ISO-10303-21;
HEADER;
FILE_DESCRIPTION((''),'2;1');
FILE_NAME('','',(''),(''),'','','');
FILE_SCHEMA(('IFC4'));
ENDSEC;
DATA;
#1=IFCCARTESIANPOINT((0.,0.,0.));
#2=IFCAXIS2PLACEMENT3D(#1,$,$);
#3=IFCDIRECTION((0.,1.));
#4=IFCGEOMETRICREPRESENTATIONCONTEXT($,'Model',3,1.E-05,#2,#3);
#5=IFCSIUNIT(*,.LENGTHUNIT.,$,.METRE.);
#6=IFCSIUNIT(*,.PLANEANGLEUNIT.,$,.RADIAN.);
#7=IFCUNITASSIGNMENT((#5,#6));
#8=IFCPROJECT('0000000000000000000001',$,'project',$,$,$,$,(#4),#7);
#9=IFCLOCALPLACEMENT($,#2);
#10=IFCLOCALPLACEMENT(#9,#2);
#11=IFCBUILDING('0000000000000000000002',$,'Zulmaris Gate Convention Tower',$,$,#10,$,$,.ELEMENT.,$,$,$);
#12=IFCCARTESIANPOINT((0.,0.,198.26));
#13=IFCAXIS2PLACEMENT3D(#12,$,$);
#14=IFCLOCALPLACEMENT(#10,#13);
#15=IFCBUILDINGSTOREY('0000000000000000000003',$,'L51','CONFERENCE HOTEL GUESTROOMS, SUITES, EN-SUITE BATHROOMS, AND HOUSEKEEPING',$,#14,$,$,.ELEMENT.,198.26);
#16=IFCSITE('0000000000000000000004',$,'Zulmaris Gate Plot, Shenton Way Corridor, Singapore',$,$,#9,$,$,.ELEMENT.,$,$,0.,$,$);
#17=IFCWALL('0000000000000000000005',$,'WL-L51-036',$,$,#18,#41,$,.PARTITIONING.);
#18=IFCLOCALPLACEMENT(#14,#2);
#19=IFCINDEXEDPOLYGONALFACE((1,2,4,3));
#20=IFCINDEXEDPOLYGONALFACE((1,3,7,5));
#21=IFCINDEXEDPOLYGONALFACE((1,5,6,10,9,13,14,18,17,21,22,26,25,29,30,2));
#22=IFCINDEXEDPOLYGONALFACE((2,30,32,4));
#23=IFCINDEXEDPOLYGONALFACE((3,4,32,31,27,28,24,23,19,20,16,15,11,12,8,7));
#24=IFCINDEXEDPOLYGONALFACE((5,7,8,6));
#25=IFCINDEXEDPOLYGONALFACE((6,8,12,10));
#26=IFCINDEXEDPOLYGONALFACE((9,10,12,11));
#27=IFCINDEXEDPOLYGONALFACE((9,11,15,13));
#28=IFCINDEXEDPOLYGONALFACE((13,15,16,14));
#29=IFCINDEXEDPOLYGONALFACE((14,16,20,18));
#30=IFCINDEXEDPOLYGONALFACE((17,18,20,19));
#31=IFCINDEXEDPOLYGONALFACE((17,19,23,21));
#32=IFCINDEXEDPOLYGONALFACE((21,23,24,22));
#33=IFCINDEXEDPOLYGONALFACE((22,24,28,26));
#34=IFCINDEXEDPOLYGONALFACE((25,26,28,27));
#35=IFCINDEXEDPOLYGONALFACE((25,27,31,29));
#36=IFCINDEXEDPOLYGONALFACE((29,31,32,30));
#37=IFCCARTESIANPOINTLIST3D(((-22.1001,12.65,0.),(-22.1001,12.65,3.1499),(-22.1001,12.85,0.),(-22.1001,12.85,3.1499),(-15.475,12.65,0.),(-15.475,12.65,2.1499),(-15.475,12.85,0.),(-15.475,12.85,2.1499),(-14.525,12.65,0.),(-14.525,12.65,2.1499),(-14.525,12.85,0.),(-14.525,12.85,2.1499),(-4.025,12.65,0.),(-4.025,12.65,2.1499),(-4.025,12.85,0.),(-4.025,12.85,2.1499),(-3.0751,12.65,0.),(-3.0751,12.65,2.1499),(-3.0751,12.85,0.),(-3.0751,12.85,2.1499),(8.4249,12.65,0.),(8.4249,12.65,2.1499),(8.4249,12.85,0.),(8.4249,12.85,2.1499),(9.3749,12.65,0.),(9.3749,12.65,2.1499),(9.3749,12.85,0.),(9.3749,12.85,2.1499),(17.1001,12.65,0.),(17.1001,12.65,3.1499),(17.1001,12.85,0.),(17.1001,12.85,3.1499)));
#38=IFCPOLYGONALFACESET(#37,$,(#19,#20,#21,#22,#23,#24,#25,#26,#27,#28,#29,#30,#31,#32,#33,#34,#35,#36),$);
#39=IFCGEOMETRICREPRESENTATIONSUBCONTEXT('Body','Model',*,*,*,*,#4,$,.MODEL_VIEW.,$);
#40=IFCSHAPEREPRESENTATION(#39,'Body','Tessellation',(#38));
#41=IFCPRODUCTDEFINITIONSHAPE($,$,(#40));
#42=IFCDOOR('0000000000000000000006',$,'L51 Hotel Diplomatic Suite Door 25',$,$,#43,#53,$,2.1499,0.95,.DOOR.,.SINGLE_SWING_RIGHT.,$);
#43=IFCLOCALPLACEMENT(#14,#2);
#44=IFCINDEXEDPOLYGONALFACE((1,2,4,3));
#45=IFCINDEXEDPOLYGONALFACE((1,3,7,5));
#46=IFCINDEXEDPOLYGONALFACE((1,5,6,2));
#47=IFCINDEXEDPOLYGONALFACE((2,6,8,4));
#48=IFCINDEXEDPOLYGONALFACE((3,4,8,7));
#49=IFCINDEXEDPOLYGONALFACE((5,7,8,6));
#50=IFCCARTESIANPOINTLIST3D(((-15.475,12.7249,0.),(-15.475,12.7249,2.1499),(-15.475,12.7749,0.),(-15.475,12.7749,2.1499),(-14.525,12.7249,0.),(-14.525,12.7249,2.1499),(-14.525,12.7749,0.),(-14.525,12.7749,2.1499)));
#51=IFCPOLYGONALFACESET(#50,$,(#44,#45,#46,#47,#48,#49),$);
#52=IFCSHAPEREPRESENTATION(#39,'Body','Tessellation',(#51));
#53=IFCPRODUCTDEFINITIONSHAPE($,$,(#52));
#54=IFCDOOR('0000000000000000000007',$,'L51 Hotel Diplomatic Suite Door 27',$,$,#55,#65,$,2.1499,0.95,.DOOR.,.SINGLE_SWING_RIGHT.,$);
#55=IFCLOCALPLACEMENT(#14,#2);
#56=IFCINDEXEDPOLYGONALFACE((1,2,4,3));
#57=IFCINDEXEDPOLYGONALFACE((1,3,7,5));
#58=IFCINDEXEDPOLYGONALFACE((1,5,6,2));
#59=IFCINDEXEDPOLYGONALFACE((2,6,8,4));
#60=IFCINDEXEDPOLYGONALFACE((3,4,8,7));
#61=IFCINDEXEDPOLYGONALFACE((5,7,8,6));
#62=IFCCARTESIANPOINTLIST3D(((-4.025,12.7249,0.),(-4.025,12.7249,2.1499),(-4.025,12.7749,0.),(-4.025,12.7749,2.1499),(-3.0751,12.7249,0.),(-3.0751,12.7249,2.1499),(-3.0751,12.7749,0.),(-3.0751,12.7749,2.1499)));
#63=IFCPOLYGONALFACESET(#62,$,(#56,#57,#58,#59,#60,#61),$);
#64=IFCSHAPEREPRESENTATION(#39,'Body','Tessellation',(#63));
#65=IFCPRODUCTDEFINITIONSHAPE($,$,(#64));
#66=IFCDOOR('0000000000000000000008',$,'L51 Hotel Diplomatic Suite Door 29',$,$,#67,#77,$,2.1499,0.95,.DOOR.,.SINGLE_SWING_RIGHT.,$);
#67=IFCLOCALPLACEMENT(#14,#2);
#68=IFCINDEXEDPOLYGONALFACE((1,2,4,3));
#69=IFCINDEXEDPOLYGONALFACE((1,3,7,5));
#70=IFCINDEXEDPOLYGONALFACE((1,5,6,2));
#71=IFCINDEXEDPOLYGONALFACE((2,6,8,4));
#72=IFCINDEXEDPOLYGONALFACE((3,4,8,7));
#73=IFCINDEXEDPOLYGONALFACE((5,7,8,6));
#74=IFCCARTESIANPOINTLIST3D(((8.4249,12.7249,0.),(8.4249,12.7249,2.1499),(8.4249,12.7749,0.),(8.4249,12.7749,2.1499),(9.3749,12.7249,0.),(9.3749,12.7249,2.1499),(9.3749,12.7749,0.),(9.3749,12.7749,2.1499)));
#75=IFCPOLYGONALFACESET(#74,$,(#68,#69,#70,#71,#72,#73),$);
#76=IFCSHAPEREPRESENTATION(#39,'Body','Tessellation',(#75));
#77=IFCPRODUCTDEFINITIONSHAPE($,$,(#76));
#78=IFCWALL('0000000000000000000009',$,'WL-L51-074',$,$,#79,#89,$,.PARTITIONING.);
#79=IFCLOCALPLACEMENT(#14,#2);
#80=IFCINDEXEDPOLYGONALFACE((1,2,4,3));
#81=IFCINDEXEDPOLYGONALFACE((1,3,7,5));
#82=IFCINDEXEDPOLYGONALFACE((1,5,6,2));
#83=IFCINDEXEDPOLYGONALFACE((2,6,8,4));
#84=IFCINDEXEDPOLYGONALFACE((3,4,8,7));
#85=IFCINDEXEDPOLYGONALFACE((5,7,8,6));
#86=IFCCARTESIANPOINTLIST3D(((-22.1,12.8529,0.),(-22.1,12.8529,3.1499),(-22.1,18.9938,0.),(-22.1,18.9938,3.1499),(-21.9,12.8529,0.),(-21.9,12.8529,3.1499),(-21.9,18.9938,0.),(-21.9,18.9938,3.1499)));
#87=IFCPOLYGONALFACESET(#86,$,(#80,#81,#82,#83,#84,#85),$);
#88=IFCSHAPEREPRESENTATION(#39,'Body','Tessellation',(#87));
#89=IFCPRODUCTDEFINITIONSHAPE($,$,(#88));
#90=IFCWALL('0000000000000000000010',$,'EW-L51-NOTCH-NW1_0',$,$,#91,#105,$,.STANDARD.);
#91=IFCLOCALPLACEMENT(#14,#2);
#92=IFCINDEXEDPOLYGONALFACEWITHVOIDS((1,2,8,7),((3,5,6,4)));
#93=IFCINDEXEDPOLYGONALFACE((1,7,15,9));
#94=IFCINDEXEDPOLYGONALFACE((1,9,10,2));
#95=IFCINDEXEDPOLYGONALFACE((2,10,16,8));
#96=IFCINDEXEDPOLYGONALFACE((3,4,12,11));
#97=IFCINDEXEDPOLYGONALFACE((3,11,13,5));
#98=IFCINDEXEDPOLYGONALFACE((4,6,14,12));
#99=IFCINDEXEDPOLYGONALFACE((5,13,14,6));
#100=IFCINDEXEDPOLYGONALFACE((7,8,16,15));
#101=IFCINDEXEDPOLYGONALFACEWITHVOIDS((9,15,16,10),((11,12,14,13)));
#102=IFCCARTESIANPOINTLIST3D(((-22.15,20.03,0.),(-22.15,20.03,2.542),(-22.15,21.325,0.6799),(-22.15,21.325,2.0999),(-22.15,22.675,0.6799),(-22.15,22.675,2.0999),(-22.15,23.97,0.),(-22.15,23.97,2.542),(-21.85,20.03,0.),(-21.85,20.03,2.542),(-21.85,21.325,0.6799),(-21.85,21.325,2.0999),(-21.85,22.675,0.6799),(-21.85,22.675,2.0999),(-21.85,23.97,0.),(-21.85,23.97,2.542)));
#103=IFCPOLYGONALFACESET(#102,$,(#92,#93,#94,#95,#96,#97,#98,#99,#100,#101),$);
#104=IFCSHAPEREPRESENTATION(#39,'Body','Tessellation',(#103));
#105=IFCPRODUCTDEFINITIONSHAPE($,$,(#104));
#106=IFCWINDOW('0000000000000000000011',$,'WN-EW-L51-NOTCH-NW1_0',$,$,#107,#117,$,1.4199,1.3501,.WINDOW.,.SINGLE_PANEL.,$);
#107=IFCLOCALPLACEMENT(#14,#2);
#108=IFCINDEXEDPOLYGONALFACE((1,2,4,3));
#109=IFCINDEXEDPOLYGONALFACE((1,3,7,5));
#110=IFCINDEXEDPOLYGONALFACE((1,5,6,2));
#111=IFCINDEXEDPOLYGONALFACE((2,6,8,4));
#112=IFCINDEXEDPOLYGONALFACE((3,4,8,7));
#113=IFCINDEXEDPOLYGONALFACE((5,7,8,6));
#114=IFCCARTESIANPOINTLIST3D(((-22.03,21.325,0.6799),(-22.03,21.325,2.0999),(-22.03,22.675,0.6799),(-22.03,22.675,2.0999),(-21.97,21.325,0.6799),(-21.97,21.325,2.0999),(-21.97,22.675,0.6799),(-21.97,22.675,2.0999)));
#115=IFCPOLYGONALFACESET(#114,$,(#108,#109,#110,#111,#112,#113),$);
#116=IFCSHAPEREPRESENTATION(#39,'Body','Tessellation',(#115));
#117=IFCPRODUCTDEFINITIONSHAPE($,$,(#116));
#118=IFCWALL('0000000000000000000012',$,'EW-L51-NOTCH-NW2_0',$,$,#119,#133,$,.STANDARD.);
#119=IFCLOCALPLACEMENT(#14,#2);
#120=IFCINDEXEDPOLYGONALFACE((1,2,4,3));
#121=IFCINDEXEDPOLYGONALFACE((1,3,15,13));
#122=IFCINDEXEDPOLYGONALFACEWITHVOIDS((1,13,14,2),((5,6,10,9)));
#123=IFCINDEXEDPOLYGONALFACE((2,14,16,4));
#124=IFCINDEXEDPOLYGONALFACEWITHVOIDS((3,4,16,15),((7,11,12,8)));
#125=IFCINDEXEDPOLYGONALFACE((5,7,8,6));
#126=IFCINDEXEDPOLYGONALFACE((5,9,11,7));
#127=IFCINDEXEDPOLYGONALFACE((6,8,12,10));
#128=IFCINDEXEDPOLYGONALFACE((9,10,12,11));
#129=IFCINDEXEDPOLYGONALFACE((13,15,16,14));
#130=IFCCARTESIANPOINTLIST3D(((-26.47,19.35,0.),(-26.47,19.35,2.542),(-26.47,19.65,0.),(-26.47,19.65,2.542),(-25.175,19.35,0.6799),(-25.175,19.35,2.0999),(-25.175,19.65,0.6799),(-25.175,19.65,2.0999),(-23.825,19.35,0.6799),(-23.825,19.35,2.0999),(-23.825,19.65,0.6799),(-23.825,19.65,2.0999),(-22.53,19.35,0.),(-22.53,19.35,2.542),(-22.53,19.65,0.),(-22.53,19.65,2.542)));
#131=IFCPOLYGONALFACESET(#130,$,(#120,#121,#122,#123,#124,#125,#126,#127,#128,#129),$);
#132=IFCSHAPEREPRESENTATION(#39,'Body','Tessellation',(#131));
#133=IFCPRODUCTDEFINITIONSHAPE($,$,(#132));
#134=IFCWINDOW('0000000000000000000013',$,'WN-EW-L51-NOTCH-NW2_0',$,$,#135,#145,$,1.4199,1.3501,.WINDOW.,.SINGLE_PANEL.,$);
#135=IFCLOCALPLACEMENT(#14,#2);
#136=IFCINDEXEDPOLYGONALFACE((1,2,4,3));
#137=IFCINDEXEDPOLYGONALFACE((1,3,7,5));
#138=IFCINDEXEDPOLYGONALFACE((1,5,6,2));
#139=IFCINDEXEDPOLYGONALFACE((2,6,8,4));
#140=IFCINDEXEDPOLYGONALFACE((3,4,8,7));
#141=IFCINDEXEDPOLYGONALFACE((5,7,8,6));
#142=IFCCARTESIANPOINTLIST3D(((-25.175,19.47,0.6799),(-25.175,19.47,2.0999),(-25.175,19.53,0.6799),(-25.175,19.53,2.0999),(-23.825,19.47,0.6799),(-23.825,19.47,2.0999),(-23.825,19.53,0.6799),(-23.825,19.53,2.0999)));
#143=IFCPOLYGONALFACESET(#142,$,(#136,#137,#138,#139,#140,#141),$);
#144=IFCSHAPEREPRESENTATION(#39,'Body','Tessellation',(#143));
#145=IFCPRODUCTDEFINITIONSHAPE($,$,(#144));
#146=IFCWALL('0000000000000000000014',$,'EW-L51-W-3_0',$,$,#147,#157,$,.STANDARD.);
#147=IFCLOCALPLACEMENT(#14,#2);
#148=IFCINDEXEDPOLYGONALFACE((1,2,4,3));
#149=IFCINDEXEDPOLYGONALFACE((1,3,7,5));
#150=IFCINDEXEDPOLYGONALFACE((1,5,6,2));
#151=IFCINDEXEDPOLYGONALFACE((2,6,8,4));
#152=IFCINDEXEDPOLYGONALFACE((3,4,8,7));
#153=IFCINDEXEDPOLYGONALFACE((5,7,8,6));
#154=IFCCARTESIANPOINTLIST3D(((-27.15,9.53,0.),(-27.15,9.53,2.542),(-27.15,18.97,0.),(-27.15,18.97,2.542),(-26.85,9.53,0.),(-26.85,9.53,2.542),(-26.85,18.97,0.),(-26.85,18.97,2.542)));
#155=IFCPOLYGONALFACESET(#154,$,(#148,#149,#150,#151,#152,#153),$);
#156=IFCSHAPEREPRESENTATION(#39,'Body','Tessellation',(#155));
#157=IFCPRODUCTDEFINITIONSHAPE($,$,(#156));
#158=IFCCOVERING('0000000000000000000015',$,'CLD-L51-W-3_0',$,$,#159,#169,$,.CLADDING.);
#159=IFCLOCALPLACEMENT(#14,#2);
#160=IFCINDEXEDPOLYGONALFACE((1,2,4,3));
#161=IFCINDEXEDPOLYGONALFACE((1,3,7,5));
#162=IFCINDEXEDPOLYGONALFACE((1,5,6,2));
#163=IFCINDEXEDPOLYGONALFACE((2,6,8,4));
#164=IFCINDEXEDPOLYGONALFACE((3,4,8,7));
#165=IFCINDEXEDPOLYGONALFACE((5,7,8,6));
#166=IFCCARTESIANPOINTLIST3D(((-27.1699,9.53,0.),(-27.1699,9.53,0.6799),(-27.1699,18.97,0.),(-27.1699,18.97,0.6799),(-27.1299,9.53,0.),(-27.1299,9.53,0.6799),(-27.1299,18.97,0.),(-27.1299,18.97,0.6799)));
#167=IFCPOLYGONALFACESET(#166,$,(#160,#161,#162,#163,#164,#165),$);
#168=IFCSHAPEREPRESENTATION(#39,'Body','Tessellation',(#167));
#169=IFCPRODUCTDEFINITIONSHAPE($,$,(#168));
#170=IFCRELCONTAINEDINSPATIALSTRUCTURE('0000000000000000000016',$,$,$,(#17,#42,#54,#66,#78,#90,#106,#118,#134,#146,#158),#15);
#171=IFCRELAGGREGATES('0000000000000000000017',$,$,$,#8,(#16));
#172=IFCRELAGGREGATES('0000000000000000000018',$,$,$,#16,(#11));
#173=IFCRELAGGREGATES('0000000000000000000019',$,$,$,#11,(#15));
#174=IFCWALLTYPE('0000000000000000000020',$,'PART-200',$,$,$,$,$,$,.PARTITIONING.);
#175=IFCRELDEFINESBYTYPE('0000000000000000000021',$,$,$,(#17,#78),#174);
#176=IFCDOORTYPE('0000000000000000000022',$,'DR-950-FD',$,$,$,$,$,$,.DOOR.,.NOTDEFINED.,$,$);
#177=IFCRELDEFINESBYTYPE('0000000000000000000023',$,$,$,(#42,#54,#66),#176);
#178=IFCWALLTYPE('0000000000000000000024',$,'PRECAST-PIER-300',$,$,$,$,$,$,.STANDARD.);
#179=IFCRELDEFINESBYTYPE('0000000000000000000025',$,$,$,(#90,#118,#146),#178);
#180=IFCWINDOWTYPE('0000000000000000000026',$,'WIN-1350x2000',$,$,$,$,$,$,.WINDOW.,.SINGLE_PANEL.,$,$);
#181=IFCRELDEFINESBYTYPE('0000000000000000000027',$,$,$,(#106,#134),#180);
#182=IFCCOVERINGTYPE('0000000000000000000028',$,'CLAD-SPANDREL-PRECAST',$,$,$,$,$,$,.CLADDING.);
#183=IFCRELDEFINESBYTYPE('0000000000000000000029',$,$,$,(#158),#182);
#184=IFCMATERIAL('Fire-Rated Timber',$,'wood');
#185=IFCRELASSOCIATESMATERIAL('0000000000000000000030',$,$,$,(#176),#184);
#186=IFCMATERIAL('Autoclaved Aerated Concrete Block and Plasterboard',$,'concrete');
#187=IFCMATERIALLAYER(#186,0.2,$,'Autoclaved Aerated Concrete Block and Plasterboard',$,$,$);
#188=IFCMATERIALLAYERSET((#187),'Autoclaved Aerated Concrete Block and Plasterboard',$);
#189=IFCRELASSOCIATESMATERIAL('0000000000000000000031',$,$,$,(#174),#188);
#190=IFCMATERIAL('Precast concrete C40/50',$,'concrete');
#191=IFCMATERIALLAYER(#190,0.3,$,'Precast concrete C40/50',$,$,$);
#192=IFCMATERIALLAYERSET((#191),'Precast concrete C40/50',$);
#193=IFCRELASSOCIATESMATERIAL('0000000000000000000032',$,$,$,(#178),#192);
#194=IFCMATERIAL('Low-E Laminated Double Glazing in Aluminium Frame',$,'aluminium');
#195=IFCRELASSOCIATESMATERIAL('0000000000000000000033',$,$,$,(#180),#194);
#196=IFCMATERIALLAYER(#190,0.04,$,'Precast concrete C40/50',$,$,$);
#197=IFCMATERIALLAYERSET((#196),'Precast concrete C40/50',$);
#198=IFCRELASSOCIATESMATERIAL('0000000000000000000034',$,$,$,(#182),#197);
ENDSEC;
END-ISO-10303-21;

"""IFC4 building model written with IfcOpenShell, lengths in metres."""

from ifc_helpers import new_model, si_unit, direction, frame, frame_2d, origin, place, context, subcontext, project, spatial, rectangle, extrude, material, layer, layer_set, type_object, element, fill, save


model = new_model("IFC4")

# Units and contexts
model_context = context("Model", 3, precision=1e-05, world=origin(), true_north=direction((0.0, 1.0)))
body_context = subcontext(model_context, "Body", "Model", "MODEL_VIEW")
ifc_project = project(units=[si_unit("LENGTHUNIT", "METRE"), si_unit("PLANEANGLEUNIT", "RADIAN")], contexts=[model_context])

# Site, building, storey
site_placement = place(None, origin())
site = spatial("IfcSite", under=ifc_project, at=site_placement, Name="Zulmaris Gate Plot, Shenton Way Corridor, Singapore", CompositionType="ELEMENT", RefElevation=0.0)
building_placement = place(site_placement, origin())
building = spatial("IfcBuilding", under=site, at=building_placement, Name="Zulmaris Gate Convention Tower", CompositionType="ELEMENT")
storey_placement = place(building_placement, frame((0.0, 0.0, 198.26)))
storey = spatial("IfcBuildingStorey", under=building, at=storey_placement, Name="L51", Description="CONFERENCE HOTEL GUESTROOMS, SUITES, EN-SUITE BATHROOMS, AND HOUSEKEEPING", CompositionType="ELEMENT", Elevation=198.26)

# Shared definitions
ifc_material_1 = material(Name="Fire-Rated Timber", Category="wood")
door_type_1 = type_object("IfcDoorType", Name="DR-950-FD", OperationType="NOTDEFINED", PredefinedType="DOOR", material=ifc_material_1)

# Wall, openings, doors
ifc_material_2 = material(Name="Autoclaved Aerated Concrete Block and Plasterboard", Category="concrete")
ifc_layer_1 = layer(ifc_material_2, 0.2, Name="Autoclaved Aerated Concrete Block and Plasterboard")
ifc_layer_set_1 = layer_set([ifc_layer_1], Name="Autoclaved Aerated Concrete Block and Plasterboard")
wall_type_1 = type_object("IfcWallType", Name="PART-200", PredefinedType="PARTITIONING", material=ifc_layer_set_1)
wall_1_placement = place(storey_placement, frame((-22.1001, 12.75, 0.0), z_axis=(0.0, 0.0, 1.0), x_axis=(1.0, 0.0, 0.0)))
wall_1 = element("IfcWall", 1, at=wall_1_placement, inside=storey, type_object=wall_type_1, Name="WL-L51-036", PredefinedType="PARTITIONING", context=body_context, shape_type="SweptSolid", body=[
    extrude(rectangle(XDim=39.2002, YDim=0.2, at=frame_2d((19.6001, 0.0))), origin(), (0.0, 0.0, 1.0), 3.1499),
])
opening_1_placement = place(wall_1_placement, frame((6.625, 0.0, 0.0)))
opening_1 = element("IfcOpeningElement", 2, at=opening_1_placement, cuts=wall_1, PredefinedType="OPENING", context=body_context, shape_type="SweptSolid", body=[
    extrude(rectangle(XDim=0.95, YDim=2.1499, at=frame_2d((0.4751, 1.075))), frame((0.0, 0.1099, 0.0), z_axis=(0.0, -1.0, 0.0), x_axis=(1.0, 0.0, 0.0)), (0.0, 0.0, 1.0), 0.22),
])
opening_2_placement = place(wall_1_placement, frame((18.075, 0.0, 0.0)))
opening_2 = element("IfcOpeningElement", 3, at=opening_2_placement, cuts=wall_1, PredefinedType="OPENING", context=body_context, shape_type="SweptSolid", body=[
    extrude(rectangle(XDim=0.95, YDim=2.1499, at=frame_2d((0.4751, 1.075))), frame((0.0, 0.1099, 0.0), z_axis=(0.0, -1.0, 0.0), x_axis=(1.0, 0.0, 0.0)), (0.0, 0.0, 1.0), 0.22),
])
opening_3_placement = place(wall_1_placement, frame((30.5249, 0.0, 0.0)))
opening_3 = element("IfcOpeningElement", 4, at=opening_3_placement, cuts=wall_1, PredefinedType="OPENING", context=body_context, shape_type="SweptSolid", body=[
    extrude(rectangle(XDim=0.95, YDim=2.1499, at=frame_2d((0.4751, 1.075))), frame((0.0, 0.1099, 0.0), z_axis=(0.0, -1.0, 0.0), x_axis=(1.0, 0.0, 0.0)), (0.0, 0.0, 1.0), 0.22),
])
door_1_placement = place(opening_1_placement, origin())
door_1 = element("IfcDoor", 5, at=door_1_placement, inside=storey, type_object=door_type_1, Name="L51 Hotel Diplomatic Suite Door 25", OperationType="SINGLE_SWING_RIGHT", OverallHeight=2.1499, OverallWidth=0.95, PredefinedType="DOOR", context=body_context, shape_type="SweptSolid", body=[
    extrude(rectangle(XDim=0.95, YDim=2.1499, at=frame_2d((0.4751, 1.075))), frame((0.0, 0.0249, 0.0), z_axis=(0.0, -1.0, 0.0), x_axis=(1.0, 0.0, 0.0)), (0.0, 0.0, 1.0), 0.05),
])
fill(opening_1, door_1)
door_2_placement = place(opening_2_placement, origin())
door_2 = element("IfcDoor", 6, at=door_2_placement, inside=storey, type_object=door_type_1, Name="L51 Hotel Diplomatic Suite Door 27", OperationType="SINGLE_SWING_RIGHT", OverallHeight=2.1499, OverallWidth=0.95, PredefinedType="DOOR", context=body_context, shape_type="SweptSolid", body=[
    extrude(rectangle(XDim=0.95, YDim=2.1499, at=frame_2d((0.4751, 1.075))), frame((0.0, 0.0249, 0.0), z_axis=(0.0, -1.0, 0.0), x_axis=(1.0, 0.0, 0.0)), (0.0, 0.0, 1.0), 0.05),
])
fill(opening_2, door_2)
door_3_placement = place(opening_3_placement, origin())
door_3 = element("IfcDoor", 7, at=door_3_placement, inside=storey, type_object=door_type_1, Name="L51 Hotel Diplomatic Suite Door 29", OperationType="SINGLE_SWING_RIGHT", OverallHeight=2.1499, OverallWidth=0.95, PredefinedType="DOOR", context=body_context, shape_type="SweptSolid", body=[
    extrude(rectangle(XDim=0.95, YDim=2.1499, at=frame_2d((0.4751, 1.075))), frame((0.0, 0.0249, 0.0), z_axis=(0.0, -1.0, 0.0), x_axis=(1.0, 0.0, 0.0)), (0.0, 0.0, 1.0), 0.05),
])
fill(opening_3, door_3)

# Wall
wall_2_placement = place(storey_placement, frame((-22.0, 12.853, 0.0), z_axis=(0.0, 0.0, 1.0), x_axis=(0.0, 1.0, 0.0)))
element("IfcWall", 8, at=wall_2_placement, inside=storey, type_object=wall_type_1, Name="WL-L51-074", PredefinedType="PARTITIONING", context=body_context, shape_type="SweptSolid", body=[
    extrude(rectangle(XDim=6.1409, YDim=0.2, at=frame_2d((3.0703, 0.0))), origin(), (0.0, 0.0, 1.0), 3.1499),
])

# Walls, openings, windows
ifc_material_3 = material(Name="Precast concrete C40/50", Category="concrete")
ifc_layer_2 = layer(ifc_material_3, 0.3, Name="Precast concrete C40/50")
ifc_layer_set_2 = layer_set([ifc_layer_2], Name="Precast concrete C40/50")
wall_type_2 = type_object("IfcWallType", Name="PRECAST-PIER-300", PredefinedType="STANDARD", material=ifc_layer_set_2)
wall_3_placement = place(storey_placement, frame((-22.0, 23.97, 0.0), z_axis=(0.0, 0.0, 1.0), x_axis=(0.0, -1.0, 0.0)))
wall_3 = element("IfcWall", 9, at=wall_3_placement, inside=storey, type_object=wall_type_2, Name="EW-L51-NOTCH-NW1_0", PredefinedType="STANDARD", context=body_context, shape_type="SweptSolid", body=[
    extrude(rectangle(XDim=3.9399, YDim=0.3, at=frame_2d((1.97, 0.0))), origin(), (0.0, 0.0, 1.0), 2.542),
])
opening_4_placement = place(wall_3_placement, frame((1.2949, 0.0, 0.6799)))
opening_4 = element("IfcOpeningElement", 10, at=opening_4_placement, cuts=wall_3, PredefinedType="OPENING", context=body_context, shape_type="SweptSolid", body=[
    extrude(rectangle(XDim=1.3501, YDim=1.4199, at=frame_2d((0.675, 0.71))), frame((0.0, 0.1602, 0.0), z_axis=(0.0, -1.0, 0.0), x_axis=(1.0, 0.0, 0.0)), (0.0, 0.0, 1.0), 0.3201),
])
ifc_material_4 = material(Name="Low-E Laminated Double Glazing in Aluminium Frame", Category="aluminium")
window_type = type_object("IfcWindowType", Name="WIN-1350x2000", PartitioningType="SINGLE_PANEL", PredefinedType="WINDOW", material=ifc_material_4)
window_1_placement = place(opening_4_placement, origin())
window_1 = element("IfcWindow", 11, at=window_1_placement, inside=storey, type_object=window_type, Name="WN-EW-L51-NOTCH-NW1_0", OverallHeight=1.4199, OverallWidth=1.3501, PartitioningType="SINGLE_PANEL", PredefinedType="WINDOW", context=body_context, shape_type="SweptSolid", body=[
    extrude(rectangle(XDim=1.3501, YDim=1.4199, at=frame_2d((0.675, 0.71))), frame((0.0, 0.03, 0.0), z_axis=(0.0, -1.0, 0.0), x_axis=(1.0, 0.0, 0.0)), (0.0, 0.0, 1.0), 0.0601),
])
fill(opening_4, window_1)
wall_4_placement = place(storey_placement, frame((-22.53, 19.5, 0.0), z_axis=(0.0, 0.0, 1.0), x_axis=(-1.0, 0.0, 0.0)))
wall_4 = element("IfcWall", 12, at=wall_4_placement, inside=storey, type_object=wall_type_2, Name="EW-L51-NOTCH-NW2_0", PredefinedType="STANDARD", context=body_context, shape_type="SweptSolid", body=[
    extrude(rectangle(XDim=3.9399, YDim=0.3, at=frame_2d((1.97, 0.0))), origin(), (0.0, 0.0, 1.0), 2.542),
])
opening_5_placement = place(wall_4_placement, frame((1.2949, 0.0, 0.6799)))
opening_5 = element("IfcOpeningElement", 13, at=opening_5_placement, cuts=wall_4, PredefinedType="OPENING", context=body_context, shape_type="SweptSolid", body=[
    extrude(rectangle(XDim=1.3501, YDim=1.4199, at=frame_2d((0.675, 0.71))), frame((0.0, 0.1602, 0.0), z_axis=(0.0, -1.0, 0.0), x_axis=(1.0, 0.0, 0.0)), (0.0, 0.0, 1.0), 0.3201),
])
window_2_placement = place(opening_5_placement, origin())
window_2 = element("IfcWindow", 14, at=window_2_placement, inside=storey, type_object=window_type, Name="WN-EW-L51-NOTCH-NW2_0", OverallHeight=1.4199, OverallWidth=1.3501, PartitioningType="SINGLE_PANEL", PredefinedType="WINDOW", context=body_context, shape_type="SweptSolid", body=[
    extrude(rectangle(XDim=1.3501, YDim=1.4199, at=frame_2d((0.675, 0.71))), frame((0.0, 0.03, 0.0), z_axis=(0.0, -1.0, 0.0), x_axis=(1.0, 0.0, 0.0)), (0.0, 0.0, 1.0), 0.0601),
])
fill(opening_5, window_2)

# Wall
wall_5_placement = place(storey_placement, frame((-27.0, 18.97, 0.0), z_axis=(0.0, 0.0, 1.0), x_axis=(0.0, -1.0, 0.0)))
element("IfcWall", 15, at=wall_5_placement, inside=storey, type_object=wall_type_2, Name="EW-L51-W-3_0", PredefinedType="STANDARD", context=body_context, shape_type="SweptSolid", body=[
    extrude(rectangle(XDim=9.4399, YDim=0.3, at=frame_2d((4.72, 0.0))), origin(), (0.0, 0.0, 1.0), 2.542),
])

# Covering
ifc_layer_3 = layer(ifc_material_3, 0.04, Name="Precast concrete C40/50")
ifc_layer_set_3 = layer_set([ifc_layer_3], Name="Precast concrete C40/50")
covering_type_1 = type_object("IfcCoveringType", Name="CLAD-SPANDREL-PRECAST", PredefinedType="CLADDING", material=ifc_layer_set_3)
covering_1_placement = place(storey_placement, frame((-27.1499, 18.97, 0.0), z_axis=(0.0, 0.0, 1.0), x_axis=(0.0, -1.0, 0.0)))
element("IfcCovering", 16, at=covering_1_placement, inside=storey, type_object=covering_type_1, Name="CLD-L51-W-3_0", PredefinedType="CLADDING", context=body_context, shape_type="SweptSolid", body=[
    extrude(rectangle(XDim=9.4399, YDim=0.04, at=frame_2d((4.72, 0.0))), origin(), (0.0, 0.0, 1.0), 0.6799),
])

save(model, "model.ifc")
